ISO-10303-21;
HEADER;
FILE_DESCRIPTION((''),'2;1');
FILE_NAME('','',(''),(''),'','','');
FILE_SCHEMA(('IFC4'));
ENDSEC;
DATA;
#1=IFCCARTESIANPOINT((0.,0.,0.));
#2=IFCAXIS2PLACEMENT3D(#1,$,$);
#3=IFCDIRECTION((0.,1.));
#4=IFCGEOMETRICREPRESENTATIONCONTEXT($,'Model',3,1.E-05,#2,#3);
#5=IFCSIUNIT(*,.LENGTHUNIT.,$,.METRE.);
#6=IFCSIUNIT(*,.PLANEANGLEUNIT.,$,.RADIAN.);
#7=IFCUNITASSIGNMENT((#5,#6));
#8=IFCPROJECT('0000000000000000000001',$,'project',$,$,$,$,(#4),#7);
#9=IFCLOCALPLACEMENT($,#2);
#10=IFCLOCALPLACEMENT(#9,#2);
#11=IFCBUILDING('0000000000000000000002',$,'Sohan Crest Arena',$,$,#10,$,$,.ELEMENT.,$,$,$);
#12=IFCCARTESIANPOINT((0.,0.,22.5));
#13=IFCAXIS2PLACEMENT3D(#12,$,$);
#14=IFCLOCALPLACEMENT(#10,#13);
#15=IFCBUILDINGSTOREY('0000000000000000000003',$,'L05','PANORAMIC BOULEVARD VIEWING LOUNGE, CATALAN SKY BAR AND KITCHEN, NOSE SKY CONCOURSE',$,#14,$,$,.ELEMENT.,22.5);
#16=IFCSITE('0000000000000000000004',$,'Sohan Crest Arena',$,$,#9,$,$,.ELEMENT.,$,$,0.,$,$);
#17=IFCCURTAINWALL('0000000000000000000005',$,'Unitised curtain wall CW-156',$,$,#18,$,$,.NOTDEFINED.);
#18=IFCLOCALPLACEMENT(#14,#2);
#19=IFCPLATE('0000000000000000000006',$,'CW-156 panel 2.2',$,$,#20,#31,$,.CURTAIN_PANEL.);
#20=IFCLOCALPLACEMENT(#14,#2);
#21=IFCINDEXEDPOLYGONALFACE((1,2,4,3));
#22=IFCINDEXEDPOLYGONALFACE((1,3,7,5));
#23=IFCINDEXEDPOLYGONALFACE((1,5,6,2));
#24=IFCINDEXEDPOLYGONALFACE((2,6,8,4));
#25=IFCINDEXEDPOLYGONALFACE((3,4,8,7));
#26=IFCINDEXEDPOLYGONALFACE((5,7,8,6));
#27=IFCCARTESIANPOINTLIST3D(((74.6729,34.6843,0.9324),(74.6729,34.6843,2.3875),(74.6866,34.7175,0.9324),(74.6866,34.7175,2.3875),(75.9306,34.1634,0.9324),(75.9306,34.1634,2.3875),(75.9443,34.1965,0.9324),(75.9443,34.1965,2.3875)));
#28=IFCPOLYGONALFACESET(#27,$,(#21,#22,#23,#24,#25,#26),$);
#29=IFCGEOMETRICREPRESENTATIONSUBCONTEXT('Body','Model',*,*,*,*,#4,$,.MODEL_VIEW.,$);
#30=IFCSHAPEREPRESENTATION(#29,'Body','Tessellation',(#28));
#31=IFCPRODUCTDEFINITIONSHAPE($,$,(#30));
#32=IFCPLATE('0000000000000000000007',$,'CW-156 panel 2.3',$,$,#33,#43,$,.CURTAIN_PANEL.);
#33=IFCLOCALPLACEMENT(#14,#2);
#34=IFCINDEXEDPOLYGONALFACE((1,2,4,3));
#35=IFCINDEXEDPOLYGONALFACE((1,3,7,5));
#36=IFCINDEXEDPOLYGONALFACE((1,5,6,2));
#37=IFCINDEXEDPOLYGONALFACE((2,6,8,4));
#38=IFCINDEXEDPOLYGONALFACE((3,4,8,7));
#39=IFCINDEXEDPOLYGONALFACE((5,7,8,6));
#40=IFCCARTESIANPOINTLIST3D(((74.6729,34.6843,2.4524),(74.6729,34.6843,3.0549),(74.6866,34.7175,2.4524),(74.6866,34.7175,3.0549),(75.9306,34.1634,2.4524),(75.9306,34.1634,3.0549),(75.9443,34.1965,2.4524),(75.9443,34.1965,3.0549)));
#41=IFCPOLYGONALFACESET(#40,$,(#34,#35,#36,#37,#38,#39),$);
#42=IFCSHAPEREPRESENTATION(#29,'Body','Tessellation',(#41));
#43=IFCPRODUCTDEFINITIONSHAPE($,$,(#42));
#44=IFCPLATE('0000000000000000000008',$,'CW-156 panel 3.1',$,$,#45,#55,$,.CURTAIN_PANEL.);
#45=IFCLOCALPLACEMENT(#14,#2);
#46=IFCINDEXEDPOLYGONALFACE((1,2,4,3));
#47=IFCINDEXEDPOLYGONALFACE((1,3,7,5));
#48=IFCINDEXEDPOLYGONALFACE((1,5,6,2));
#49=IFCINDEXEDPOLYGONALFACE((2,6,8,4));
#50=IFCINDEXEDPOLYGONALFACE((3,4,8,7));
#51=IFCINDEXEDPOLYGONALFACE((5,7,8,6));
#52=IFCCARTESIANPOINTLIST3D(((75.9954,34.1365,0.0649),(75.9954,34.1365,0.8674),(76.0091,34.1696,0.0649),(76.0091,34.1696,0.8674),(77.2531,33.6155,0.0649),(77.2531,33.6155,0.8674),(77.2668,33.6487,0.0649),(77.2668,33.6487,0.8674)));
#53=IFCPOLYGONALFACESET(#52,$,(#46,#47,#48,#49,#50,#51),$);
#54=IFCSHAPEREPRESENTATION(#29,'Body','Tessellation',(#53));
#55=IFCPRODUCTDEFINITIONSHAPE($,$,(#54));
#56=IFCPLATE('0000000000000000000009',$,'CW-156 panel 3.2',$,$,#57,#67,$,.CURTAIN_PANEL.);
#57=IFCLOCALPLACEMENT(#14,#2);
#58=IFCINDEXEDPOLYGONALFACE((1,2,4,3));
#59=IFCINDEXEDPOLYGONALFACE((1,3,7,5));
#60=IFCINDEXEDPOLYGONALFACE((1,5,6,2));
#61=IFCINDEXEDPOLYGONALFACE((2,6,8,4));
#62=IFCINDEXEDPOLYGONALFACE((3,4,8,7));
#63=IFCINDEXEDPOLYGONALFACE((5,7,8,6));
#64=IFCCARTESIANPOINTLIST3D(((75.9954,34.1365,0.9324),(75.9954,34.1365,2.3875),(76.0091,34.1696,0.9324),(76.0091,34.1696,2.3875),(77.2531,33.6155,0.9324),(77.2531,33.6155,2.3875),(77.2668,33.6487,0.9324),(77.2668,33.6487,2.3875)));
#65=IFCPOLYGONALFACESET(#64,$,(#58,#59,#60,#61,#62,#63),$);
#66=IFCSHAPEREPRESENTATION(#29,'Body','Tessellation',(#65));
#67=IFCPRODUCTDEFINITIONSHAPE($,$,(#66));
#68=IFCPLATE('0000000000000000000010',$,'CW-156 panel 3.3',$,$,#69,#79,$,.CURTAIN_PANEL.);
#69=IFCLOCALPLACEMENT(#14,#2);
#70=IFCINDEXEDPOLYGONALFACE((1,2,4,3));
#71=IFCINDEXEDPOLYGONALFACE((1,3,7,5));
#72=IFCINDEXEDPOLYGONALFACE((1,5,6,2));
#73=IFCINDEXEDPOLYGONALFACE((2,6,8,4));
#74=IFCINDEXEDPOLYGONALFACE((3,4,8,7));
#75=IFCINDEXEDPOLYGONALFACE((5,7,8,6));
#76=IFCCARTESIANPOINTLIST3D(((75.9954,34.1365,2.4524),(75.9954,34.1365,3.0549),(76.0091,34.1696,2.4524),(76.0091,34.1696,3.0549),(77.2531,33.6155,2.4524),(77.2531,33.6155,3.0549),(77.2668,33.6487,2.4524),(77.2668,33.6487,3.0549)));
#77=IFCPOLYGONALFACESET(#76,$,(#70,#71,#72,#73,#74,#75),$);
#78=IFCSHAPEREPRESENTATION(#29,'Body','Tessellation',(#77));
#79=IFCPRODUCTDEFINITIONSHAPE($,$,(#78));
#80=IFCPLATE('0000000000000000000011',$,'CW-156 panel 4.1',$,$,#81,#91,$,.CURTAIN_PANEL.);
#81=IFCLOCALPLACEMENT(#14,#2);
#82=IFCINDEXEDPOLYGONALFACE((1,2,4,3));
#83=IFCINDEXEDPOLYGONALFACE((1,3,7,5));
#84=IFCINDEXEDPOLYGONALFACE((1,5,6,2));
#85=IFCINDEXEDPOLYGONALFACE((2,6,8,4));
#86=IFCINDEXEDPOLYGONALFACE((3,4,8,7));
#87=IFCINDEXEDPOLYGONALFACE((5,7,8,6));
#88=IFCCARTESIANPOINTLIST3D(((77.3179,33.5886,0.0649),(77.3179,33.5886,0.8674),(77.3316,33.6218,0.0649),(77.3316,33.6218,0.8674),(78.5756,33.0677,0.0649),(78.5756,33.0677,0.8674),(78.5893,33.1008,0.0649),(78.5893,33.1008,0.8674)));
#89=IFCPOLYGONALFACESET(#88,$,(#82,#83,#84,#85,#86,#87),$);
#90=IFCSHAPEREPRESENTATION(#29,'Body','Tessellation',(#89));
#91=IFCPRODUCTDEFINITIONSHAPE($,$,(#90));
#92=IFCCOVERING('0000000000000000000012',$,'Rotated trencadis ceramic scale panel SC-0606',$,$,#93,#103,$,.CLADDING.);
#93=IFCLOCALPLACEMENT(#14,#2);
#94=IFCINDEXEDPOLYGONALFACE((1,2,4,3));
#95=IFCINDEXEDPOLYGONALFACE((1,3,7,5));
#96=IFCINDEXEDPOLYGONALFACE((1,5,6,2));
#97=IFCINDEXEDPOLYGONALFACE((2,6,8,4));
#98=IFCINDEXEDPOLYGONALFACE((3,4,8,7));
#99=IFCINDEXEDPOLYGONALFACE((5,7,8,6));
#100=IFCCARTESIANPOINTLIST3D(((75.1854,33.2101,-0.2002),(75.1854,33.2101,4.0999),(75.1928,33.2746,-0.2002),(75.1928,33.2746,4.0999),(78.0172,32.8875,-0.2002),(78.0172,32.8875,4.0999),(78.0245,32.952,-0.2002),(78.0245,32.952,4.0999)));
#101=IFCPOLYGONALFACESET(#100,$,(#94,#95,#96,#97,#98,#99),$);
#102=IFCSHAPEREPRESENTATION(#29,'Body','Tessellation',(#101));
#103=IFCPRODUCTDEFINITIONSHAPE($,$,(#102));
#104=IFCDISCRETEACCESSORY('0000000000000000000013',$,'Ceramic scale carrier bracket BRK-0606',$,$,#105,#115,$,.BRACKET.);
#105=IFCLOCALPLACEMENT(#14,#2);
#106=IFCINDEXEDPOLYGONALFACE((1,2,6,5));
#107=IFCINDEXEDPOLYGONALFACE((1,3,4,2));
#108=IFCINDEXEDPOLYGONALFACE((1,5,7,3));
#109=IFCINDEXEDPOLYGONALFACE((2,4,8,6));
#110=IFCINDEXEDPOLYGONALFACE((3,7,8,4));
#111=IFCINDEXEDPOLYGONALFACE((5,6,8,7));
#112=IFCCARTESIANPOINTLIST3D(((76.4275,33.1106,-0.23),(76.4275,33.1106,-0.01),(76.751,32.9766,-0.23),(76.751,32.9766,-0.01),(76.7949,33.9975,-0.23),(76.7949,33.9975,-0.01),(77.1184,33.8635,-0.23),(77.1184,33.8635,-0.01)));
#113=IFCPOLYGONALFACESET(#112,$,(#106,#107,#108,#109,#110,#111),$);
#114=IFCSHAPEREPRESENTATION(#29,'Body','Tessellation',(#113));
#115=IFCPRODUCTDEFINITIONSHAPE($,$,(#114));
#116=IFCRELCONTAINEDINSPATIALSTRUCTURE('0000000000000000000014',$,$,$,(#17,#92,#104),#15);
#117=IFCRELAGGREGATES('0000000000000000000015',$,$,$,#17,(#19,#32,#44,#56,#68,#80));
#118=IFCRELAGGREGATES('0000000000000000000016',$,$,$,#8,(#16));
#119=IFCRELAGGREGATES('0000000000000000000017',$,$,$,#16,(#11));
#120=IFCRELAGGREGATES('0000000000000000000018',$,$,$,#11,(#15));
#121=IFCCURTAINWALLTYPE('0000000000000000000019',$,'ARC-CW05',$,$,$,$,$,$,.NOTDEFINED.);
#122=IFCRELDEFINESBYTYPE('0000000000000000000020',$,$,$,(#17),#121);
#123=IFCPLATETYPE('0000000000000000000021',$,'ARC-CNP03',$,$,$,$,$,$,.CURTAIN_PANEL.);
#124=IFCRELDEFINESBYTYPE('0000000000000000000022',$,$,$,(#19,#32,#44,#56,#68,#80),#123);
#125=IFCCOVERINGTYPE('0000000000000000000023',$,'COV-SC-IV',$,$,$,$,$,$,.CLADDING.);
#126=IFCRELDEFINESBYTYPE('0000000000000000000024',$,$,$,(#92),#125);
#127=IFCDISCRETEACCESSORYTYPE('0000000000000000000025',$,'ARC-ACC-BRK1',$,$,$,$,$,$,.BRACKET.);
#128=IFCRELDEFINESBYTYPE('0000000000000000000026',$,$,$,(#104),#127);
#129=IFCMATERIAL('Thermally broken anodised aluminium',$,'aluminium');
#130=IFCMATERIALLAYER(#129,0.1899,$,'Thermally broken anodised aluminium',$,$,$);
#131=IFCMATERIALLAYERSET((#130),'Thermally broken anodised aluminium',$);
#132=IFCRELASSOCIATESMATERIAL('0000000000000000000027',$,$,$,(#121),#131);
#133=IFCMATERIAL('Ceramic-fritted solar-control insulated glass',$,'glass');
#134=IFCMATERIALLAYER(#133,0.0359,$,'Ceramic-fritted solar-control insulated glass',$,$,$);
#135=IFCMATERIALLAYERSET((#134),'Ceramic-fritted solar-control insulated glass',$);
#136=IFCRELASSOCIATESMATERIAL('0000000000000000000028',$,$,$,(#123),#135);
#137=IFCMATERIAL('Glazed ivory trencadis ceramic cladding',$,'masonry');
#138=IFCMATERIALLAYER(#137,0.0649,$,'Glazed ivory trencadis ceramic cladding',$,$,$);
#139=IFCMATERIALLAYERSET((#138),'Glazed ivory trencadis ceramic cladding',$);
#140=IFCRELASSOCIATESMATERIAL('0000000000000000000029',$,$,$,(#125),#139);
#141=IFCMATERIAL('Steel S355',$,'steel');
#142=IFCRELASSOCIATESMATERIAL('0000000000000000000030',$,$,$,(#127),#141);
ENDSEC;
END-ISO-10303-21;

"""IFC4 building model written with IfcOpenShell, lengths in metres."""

from ifc_helpers import new_model, si_unit, direction, frame, origin, origin_2d, place, context, subcontext, project, spatial, rectangle, extrude, material, layer, layer_set, type_object, element, aggregate, save


model = new_model("IFC4")

# Units and contexts
model_context = context("Model", 3, precision=1e-05, world=origin(), true_north=direction((0.0, 1.0)))
body_context = subcontext(model_context, "Body", "Model", "MODEL_VIEW")
ifc_project = project(units=[si_unit("LENGTHUNIT", "METRE"), si_unit("PLANEANGLEUNIT", "RADIAN")], contexts=[model_context])

# Site, building, storey
site_placement = place(None, origin())
site = spatial("IfcSite", under=ifc_project, at=site_placement, Name="Sohan Crest Arena", CompositionType="ELEMENT", RefElevation=0.0)
building_placement = place(site_placement, origin())
building = spatial("IfcBuilding", under=site, at=building_placement, Name="Sohan Crest Arena", CompositionType="ELEMENT")
storey_placement = place(building_placement, frame((0.0, 0.0, 22.5)))
storey = spatial("IfcBuildingStorey", under=building, at=storey_placement, Name="L05", Description="PANORAMIC BOULEVARD VIEWING LOUNGE, CATALAN SKY BAR AND KITCHEN, NOSE SKY CONCOURSE", CompositionType="ELEMENT", Elevation=22.5)

# Curtain wall, plates
ifc_material_1 = material(Name="Thermally broken anodised aluminium", Category="aluminium")
ifc_layer_1 = layer(ifc_material_1, 0.1899, Name="Thermally broken anodised aluminium")
ifc_layer_set_1 = layer_set([ifc_layer_1], Name="Thermally broken anodised aluminium")
curtain_wall_type = type_object("IfcCurtainWallType", Name="ARC-CW05", PredefinedType="NOTDEFINED", material=ifc_layer_set_1)
curtain_wall_placement = place(storey_placement, origin())
curtain_wall = element("IfcCurtainWall", 1, at=curtain_wall_placement, inside=storey, type_object=curtain_wall_type, Name="Unitised curtain wall CW-156", PredefinedType="NOTDEFINED")
ifc_material_2 = material(Name="Ceramic-fritted solar-control insulated glass", Category="glass")
ifc_layer_2 = layer(ifc_material_2, 0.0359, Name="Ceramic-fritted solar-control insulated glass")
ifc_layer_set_2 = layer_set([ifc_layer_2], Name="Ceramic-fritted solar-control insulated glass")
plate_type = type_object("IfcPlateType", Name="ARC-CNP03", PredefinedType="CURTAIN_PANEL", material=ifc_layer_set_2)
plate_1_placement = place(storey_placement, frame((75.3086, 34.4404, 0.9324), z_axis=(0.0, 0.0, 1.0), x_axis=(0.923879, -0.382685, 0.0)))
plate_1 = element("IfcPlate", 2, at=plate_1_placement, type_object=plate_type, Name="CW-156 panel 2.2", PredefinedType="CURTAIN_PANEL", context=body_context, shape_type="SweptSolid", body=[
    extrude(rectangle(XDim=1.3613, YDim=0.0359, at=origin_2d()), origin(), (0.0, 0.0, 1.0), 1.4551),
])
plate_2_placement = place(storey_placement, frame((75.3086, 34.4404, 2.4524), z_axis=(0.0, 0.0, 1.0), x_axis=(0.923879, -0.382685, 0.0)))
plate_2 = element("IfcPlate", 3, at=plate_2_placement, type_object=plate_type, Name="CW-156 panel 2.3", PredefinedType="CURTAIN_PANEL", context=body_context, shape_type="SweptSolid", body=[
    extrude(rectangle(XDim=1.3613, YDim=0.0359, at=origin_2d()), origin(), (0.0, 0.0, 1.0), 0.6025),
])
plate_3_placement = place(storey_placement, frame((76.6311, 33.8926, 0.0649), z_axis=(0.0, 0.0, 1.0), x_axis=(0.923879, -0.382685, 0.0)))
plate_3 = element("IfcPlate", 4, at=plate_3_placement, type_object=plate_type, Name="CW-156 panel 3.1", PredefinedType="CURTAIN_PANEL", context=body_context, shape_type="SweptSolid", body=[
    extrude(rectangle(XDim=1.3613, YDim=0.0359, at=origin_2d()), origin(), (0.0, 0.0, 1.0), 0.8025),
])
plate_4_placement = place(storey_placement, frame((76.6311, 33.8926, 0.9324), z_axis=(0.0, 0.0, 1.0), x_axis=(0.923879, -0.382685, 0.0)))
plate_4 = element("IfcPlate", 5, at=plate_4_placement, type_object=plate_type, Name="CW-156 panel 3.2", PredefinedType="CURTAIN_PANEL", context=body_context, shape_type="SweptSolid", body=[
    extrude(rectangle(XDim=1.3613, YDim=0.0359, at=origin_2d()), origin(), (0.0, 0.0, 1.0), 1.4551),
])
plate_5_placement = place(storey_placement, frame((76.6311, 33.8926, 2.4524), z_axis=(0.0, 0.0, 1.0), x_axis=(0.923879, -0.382685, 0.0)))
plate_5 = element("IfcPlate", 6, at=plate_5_placement, type_object=plate_type, Name="CW-156 panel 3.3", PredefinedType="CURTAIN_PANEL", context=body_context, shape_type="SweptSolid", body=[
    extrude(rectangle(XDim=1.3613, YDim=0.0359, at=origin_2d()), origin(), (0.0, 0.0, 1.0), 0.6025),
])
plate_6_placement = place(storey_placement, frame((77.9536, 33.3447, 0.0649), z_axis=(0.0, 0.0, 1.0), x_axis=(0.923879, -0.382685, 0.0)))
plate_6 = element("IfcPlate", 7, at=plate_6_placement, type_object=plate_type, Name="CW-156 panel 4.1", PredefinedType="CURTAIN_PANEL", context=body_context, shape_type="SweptSolid", body=[
    extrude(rectangle(XDim=1.3613, YDim=0.0359, at=origin_2d()), origin(), (0.0, 0.0, 1.0), 0.8025),
])
aggregate(curtain_wall, [plate_1, plate_2, plate_3, plate_4, plate_5, plate_6])

# Covering
ifc_material_3 = material(Name="Glazed ivory trencadis ceramic cladding", Category="masonry")
ifc_layer_3 = layer(ifc_material_3, 0.0649, Name="Glazed ivory trencadis ceramic cladding")
ifc_layer_set_3 = layer_set([ifc_layer_3], Name="Glazed ivory trencadis ceramic cladding")
covering_type = type_object("IfcCoveringType", Name="COV-SC-IV", PredefinedType="CLADDING", material=ifc_layer_set_3)
covering_placement = place(storey_placement, frame((76.605, 33.0811, -0.2002), z_axis=(0.0, 0.0, 1.0), x_axis=(0.993572, -0.113203, 0.0)))
element("IfcCovering", 8, at=covering_placement, inside=storey, type_object=covering_type, Name="Rotated trencadis ceramic scale panel SC-0606", PredefinedType="CLADDING", context=body_context, shape_type="SweptSolid", body=[
    extrude(rectangle(XDim=2.8501, YDim=0.0649, at=origin_2d()), origin(), (0.0, 0.0, 1.0), 4.3),
])

# Discrete accessory
ifc_material_4 = material(Name="Steel S355", Category="steel")
discrete_accessory_type = type_object("IfcDiscreteAccessoryType", Name="ARC-ACC-BRK1", PredefinedType="BRACKET", material=ifc_material_4)
discrete_accessory_placement = place(storey_placement, frame((76.7729, 33.4871, -0.23), z_axis=(0.0, 0.0, 1.0), x_axis=(0.92388, -0.382683, 0.0)))
element("IfcDiscreteAccessory", 9, at=discrete_accessory_placement, inside=storey, type_object=discrete_accessory_type, Name="Ceramic scale carrier bracket BRK-0606", PredefinedType="BRACKET", context=body_context, shape_type="SweptSolid", body=[
    extrude(rectangle(XDim=0.3501, YDim=0.96, at=origin_2d()), origin(), (0.0, 0.0, 1.0), 0.22),
])

save(model, "model.ifc")
